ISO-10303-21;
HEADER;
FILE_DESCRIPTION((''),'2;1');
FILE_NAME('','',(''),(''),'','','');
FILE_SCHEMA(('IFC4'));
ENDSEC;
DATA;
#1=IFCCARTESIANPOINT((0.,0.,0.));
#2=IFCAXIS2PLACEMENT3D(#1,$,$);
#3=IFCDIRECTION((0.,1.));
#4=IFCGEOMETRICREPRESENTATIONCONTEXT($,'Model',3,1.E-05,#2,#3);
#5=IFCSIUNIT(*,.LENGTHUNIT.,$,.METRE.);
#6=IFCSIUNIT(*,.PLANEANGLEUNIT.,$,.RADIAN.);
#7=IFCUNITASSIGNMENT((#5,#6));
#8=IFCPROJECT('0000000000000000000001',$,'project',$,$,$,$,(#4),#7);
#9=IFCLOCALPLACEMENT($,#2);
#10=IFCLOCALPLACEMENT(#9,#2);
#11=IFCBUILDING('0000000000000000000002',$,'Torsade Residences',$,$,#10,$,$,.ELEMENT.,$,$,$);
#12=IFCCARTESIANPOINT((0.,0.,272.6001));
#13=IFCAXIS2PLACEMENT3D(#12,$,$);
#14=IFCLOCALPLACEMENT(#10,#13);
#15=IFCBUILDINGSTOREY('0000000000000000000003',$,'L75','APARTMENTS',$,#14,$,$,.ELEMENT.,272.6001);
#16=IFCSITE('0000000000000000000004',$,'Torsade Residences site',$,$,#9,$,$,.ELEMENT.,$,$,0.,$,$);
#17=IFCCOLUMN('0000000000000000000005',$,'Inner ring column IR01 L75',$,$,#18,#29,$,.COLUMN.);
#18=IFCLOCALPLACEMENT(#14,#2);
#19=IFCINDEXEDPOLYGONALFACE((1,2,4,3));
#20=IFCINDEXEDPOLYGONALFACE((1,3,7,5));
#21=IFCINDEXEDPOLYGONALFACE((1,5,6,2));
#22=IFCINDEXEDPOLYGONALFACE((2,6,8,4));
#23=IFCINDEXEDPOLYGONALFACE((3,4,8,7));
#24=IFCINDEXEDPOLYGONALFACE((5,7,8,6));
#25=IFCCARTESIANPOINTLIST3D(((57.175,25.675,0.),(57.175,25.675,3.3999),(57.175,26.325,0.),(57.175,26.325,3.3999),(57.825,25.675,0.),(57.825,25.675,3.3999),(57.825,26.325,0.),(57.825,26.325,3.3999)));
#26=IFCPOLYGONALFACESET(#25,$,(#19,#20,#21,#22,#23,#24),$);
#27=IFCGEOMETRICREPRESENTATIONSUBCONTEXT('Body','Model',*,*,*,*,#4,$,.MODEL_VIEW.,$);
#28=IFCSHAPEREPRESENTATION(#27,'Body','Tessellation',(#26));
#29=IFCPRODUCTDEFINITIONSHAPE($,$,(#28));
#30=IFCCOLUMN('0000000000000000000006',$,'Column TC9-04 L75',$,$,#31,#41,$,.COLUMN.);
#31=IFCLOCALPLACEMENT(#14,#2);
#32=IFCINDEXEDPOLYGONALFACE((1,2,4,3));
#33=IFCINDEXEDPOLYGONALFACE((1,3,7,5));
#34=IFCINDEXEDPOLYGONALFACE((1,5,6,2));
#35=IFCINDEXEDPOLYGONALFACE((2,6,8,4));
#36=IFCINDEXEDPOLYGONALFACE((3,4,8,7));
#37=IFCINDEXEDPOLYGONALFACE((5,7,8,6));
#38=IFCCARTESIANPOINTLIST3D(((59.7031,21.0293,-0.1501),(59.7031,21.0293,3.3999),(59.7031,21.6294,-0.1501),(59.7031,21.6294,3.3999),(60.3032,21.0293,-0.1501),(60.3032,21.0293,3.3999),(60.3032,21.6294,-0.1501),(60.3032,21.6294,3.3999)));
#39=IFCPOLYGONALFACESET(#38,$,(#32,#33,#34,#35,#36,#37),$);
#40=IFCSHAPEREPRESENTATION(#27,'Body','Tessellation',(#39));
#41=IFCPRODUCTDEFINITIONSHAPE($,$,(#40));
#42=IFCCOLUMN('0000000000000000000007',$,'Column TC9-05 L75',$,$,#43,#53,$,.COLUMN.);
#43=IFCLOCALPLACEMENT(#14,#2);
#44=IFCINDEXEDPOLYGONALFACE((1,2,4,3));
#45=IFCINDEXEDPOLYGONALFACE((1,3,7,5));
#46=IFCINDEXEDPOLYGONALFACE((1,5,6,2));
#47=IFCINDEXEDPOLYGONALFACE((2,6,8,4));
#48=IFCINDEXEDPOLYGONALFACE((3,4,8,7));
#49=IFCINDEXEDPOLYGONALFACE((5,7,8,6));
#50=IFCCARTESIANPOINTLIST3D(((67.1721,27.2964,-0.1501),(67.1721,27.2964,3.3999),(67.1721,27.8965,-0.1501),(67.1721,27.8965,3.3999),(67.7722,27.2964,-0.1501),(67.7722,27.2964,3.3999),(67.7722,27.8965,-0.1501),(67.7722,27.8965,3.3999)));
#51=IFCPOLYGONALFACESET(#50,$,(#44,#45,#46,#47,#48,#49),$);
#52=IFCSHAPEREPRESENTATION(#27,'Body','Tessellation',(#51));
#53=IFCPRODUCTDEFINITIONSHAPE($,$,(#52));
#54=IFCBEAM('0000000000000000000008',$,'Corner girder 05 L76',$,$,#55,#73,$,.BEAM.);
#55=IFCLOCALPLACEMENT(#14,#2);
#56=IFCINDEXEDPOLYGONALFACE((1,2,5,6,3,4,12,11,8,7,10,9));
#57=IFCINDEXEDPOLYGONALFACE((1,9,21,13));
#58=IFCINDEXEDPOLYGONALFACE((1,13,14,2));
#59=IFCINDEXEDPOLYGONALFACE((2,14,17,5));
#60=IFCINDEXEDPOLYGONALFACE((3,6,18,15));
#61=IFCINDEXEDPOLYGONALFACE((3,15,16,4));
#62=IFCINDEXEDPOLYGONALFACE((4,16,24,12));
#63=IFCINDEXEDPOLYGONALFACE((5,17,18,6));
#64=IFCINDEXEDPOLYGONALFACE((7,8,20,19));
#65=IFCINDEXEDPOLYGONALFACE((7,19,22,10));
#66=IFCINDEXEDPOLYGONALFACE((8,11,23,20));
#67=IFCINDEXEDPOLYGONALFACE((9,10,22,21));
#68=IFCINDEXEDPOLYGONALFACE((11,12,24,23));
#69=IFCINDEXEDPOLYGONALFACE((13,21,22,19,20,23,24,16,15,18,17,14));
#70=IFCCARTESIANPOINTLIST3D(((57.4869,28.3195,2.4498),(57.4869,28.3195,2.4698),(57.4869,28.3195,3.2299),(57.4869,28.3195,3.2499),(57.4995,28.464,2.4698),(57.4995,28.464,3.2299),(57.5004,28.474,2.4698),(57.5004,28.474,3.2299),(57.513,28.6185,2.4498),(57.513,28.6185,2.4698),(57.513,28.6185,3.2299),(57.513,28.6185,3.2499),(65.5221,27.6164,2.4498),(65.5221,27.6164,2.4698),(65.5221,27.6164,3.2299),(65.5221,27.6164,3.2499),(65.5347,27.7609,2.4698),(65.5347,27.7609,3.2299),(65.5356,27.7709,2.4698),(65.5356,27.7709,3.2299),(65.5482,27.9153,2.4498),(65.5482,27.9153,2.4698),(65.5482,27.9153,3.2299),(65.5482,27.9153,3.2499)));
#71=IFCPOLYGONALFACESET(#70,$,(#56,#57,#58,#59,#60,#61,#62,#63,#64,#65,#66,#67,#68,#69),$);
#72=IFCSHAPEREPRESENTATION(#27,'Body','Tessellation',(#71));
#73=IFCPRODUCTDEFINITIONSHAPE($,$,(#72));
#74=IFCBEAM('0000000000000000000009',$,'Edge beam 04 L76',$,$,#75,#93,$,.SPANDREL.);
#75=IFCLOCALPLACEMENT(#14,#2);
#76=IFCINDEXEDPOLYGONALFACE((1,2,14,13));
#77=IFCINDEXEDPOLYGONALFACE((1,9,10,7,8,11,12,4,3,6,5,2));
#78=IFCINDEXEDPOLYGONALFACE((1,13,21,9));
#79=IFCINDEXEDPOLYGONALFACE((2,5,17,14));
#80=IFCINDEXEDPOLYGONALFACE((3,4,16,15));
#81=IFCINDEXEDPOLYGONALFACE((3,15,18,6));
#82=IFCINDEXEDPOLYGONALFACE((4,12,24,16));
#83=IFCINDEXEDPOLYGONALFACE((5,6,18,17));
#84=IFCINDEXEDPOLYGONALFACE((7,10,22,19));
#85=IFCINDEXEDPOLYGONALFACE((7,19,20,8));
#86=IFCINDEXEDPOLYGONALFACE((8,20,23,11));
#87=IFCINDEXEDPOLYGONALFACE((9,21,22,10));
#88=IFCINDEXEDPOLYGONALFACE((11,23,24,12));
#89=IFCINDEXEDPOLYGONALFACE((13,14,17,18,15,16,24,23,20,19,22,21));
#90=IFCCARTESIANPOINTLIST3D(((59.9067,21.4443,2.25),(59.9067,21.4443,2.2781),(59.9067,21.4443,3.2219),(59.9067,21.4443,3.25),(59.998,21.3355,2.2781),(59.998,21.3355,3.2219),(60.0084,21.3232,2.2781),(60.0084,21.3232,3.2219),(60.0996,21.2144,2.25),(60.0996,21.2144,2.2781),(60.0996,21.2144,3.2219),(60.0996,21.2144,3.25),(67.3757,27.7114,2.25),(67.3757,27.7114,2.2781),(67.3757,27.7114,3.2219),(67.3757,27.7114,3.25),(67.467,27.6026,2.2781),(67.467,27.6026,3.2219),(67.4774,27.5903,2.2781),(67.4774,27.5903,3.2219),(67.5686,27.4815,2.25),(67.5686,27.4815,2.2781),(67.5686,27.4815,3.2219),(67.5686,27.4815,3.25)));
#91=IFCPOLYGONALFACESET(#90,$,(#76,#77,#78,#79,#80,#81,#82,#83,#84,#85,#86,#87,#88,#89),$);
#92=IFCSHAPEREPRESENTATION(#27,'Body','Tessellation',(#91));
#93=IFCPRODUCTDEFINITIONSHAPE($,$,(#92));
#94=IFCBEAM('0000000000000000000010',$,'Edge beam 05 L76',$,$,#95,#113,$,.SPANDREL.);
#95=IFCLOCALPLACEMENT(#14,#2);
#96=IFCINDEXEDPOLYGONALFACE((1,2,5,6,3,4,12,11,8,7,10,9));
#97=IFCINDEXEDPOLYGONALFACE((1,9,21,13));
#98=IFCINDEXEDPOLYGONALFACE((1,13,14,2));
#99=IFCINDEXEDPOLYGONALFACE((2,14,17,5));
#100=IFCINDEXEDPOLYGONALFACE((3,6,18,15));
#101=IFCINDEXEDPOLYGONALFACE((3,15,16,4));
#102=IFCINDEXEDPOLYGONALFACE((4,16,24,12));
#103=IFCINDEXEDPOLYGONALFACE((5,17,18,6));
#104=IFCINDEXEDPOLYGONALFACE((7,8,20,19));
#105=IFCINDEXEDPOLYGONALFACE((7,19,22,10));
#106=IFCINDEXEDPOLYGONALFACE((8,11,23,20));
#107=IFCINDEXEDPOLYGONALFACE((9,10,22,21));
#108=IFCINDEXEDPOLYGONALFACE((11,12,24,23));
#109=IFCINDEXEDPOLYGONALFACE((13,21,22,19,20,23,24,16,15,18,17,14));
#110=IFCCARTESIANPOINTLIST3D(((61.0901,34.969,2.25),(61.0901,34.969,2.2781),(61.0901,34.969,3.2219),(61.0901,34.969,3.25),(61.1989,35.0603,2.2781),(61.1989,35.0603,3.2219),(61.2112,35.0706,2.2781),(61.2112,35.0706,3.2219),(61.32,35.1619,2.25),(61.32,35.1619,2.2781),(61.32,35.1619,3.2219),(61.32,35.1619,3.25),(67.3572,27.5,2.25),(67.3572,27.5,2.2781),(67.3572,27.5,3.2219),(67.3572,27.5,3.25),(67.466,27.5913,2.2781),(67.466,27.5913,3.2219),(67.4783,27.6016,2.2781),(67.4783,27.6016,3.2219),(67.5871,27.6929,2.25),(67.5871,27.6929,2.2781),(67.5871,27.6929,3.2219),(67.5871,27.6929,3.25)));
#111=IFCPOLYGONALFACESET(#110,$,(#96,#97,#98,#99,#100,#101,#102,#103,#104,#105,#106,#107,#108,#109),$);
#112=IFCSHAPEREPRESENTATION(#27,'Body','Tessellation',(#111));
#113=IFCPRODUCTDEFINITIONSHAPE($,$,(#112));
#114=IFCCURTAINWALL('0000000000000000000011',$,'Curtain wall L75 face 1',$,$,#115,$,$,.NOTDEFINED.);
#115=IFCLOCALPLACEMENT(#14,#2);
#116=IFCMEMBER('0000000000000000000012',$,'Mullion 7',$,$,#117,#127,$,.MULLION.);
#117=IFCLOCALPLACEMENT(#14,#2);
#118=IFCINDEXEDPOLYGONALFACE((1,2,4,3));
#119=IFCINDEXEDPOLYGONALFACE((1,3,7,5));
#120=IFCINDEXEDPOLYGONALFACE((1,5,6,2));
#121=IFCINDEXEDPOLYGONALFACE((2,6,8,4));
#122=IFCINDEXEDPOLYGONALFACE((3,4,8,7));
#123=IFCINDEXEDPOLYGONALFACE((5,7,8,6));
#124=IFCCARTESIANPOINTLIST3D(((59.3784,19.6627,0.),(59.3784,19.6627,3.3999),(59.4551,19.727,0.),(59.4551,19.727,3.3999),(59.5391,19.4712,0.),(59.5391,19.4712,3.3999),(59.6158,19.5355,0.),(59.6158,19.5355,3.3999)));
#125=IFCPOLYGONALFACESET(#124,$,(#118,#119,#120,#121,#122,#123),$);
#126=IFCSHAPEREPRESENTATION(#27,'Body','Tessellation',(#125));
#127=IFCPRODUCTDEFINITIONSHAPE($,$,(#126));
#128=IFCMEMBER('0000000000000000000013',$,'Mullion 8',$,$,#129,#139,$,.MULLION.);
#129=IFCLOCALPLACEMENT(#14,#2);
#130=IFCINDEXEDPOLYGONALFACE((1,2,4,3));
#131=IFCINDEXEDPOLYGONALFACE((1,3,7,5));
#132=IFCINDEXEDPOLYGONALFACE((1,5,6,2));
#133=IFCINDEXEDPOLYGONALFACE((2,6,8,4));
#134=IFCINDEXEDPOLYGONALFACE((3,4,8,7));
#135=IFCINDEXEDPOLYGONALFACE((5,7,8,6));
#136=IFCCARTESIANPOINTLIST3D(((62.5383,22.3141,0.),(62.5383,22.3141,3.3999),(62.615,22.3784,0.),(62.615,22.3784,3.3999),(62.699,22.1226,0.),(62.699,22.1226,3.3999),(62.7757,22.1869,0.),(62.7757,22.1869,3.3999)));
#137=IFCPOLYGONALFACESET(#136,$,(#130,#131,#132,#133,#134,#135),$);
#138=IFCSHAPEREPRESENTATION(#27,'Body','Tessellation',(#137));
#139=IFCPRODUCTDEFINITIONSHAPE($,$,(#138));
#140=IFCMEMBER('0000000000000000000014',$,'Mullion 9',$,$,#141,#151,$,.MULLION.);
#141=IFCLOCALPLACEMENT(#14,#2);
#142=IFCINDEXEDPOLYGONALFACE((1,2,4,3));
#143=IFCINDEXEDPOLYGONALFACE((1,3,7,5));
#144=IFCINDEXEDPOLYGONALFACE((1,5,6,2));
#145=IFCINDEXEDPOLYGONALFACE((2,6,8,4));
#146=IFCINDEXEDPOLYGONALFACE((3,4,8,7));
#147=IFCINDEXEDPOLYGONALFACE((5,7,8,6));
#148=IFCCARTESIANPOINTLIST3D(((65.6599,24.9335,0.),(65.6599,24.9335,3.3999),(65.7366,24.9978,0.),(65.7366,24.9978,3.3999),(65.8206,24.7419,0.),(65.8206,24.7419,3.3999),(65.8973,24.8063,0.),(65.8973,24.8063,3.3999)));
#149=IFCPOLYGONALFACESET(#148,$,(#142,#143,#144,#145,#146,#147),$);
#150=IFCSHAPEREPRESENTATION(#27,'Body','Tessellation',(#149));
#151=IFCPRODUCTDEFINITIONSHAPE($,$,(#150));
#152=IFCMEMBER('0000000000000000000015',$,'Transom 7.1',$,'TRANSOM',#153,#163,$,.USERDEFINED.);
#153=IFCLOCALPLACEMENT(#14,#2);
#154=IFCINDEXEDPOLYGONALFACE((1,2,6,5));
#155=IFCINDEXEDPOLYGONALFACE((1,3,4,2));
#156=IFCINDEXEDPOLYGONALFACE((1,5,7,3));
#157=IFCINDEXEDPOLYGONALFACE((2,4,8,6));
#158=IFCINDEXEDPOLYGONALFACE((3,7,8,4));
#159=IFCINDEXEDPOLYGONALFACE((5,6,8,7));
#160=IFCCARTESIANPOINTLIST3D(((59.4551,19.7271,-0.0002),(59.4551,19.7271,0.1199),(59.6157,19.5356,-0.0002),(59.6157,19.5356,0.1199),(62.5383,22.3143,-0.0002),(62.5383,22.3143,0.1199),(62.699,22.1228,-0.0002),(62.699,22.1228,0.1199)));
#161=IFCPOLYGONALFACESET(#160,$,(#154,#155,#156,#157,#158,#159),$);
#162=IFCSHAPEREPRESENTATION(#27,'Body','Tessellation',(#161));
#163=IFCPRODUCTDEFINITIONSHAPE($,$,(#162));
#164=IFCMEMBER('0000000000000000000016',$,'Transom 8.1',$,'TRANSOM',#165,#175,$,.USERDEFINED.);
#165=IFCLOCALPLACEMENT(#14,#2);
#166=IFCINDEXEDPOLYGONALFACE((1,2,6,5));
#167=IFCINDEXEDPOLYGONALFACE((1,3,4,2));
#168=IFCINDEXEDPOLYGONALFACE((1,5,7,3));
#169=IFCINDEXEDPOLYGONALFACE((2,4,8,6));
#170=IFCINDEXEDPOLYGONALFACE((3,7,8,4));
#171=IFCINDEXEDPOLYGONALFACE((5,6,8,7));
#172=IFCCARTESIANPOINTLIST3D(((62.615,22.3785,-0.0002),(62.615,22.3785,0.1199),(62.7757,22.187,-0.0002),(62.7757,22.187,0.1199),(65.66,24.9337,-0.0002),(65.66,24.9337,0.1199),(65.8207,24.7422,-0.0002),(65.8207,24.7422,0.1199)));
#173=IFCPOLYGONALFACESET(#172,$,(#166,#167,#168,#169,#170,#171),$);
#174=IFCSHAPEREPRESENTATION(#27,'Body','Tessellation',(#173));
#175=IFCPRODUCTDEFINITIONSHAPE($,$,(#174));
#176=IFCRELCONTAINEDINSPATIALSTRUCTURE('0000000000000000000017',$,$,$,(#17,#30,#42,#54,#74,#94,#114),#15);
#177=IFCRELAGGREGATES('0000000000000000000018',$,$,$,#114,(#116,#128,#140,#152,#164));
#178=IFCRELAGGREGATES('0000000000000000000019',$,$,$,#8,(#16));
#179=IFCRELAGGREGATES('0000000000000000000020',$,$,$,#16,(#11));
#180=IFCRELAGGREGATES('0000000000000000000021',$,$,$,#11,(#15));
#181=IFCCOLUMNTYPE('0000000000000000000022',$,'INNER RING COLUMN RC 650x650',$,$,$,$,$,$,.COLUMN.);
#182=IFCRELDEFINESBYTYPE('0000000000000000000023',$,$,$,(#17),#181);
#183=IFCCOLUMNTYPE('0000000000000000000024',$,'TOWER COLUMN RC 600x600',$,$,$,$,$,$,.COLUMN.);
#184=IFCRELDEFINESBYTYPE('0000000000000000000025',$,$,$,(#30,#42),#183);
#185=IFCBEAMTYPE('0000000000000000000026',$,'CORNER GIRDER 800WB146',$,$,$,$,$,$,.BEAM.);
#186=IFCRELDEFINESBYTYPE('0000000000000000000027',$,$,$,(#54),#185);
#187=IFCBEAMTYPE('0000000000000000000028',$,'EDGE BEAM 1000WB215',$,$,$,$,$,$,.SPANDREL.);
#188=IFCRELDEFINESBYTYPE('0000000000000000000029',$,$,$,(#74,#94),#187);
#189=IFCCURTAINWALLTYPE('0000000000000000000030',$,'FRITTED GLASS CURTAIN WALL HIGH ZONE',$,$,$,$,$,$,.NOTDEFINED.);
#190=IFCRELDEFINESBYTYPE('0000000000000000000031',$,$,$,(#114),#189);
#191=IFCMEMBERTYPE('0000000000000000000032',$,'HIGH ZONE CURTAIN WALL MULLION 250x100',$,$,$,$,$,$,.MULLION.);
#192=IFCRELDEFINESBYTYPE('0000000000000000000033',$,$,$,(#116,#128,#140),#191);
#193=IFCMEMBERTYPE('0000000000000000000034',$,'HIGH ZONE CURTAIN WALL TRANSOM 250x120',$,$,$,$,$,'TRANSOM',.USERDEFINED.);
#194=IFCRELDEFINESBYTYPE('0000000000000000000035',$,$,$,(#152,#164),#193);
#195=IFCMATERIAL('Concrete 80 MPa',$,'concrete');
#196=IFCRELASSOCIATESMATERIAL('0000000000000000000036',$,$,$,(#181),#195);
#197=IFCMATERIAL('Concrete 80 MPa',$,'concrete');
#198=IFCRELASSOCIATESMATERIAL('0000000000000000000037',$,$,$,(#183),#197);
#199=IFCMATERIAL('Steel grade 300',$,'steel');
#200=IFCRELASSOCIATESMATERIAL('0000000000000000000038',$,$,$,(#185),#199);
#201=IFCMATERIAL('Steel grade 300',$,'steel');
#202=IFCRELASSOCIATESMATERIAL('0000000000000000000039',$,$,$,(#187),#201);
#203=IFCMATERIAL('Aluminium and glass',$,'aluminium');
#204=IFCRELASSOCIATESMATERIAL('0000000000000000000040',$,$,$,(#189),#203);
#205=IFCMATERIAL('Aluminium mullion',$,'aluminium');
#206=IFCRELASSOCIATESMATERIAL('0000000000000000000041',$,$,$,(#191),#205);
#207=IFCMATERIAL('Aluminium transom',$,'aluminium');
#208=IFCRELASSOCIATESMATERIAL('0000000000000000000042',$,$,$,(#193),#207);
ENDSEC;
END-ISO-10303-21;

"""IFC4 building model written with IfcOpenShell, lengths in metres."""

from ifc_helpers import new_model, si_unit, direction, frame, origin, origin_2d, place, context, subcontext, project, spatial, rectangle, i_section, extrude, material, material_profile, profile_set, type_object, element, aggregate, save


model = new_model("IFC4")

# Units and contexts
model_context = context("Model", 3, precision=1e-05, world=origin(), true_north=direction((0.0, 1.0)))
body_context = subcontext(model_context, "Body", "Model", "MODEL_VIEW")
ifc_project = project(units=[si_unit("LENGTHUNIT", "METRE"), si_unit("PLANEANGLEUNIT", "RADIAN")], contexts=[model_context])

# Site, building, storey
site_placement = place(None, origin())
site = spatial("IfcSite", under=ifc_project, at=site_placement, Name="Torsade Residences site", CompositionType="ELEMENT", RefElevation=0.0)
building_placement = place(site_placement, origin())
building = spatial("IfcBuilding", under=site, at=building_placement, Name="Torsade Residences", CompositionType="ELEMENT")
storey_placement = place(building_placement, frame((0.0, 0.0, 272.6001)))
storey = spatial("IfcBuildingStorey", under=building, at=storey_placement, Name="L75", Description="APARTMENTS", CompositionType="ELEMENT", Elevation=272.6001)

# Columns
ifc_material_1 = material(Name="Concrete 80 MPa", Category="concrete")
ifc_material_profile_1 = material_profile(ifc_material_1, rectangle(XDim=0.6499, YDim=0.6499, at=origin_2d()), Name="RC 650x650")
ifc_profile_set_1 = profile_set([ifc_material_profile_1], Name="Concrete 80 MPa")
column_type_1 = type_object("IfcColumnType", Name="INNER RING COLUMN RC 650x650", PredefinedType="COLUMN", material=ifc_profile_set_1)
column_placement = place(storey_placement, frame((57.5, 26.0, 0.0), z_axis=(0.0, 0.0, 1.0), x_axis=(1.0, 0.0, 0.0)))
element("IfcColumn", 1, at=column_placement, inside=storey, type_object=column_type_1, Name="Inner ring column IR01 L75", PredefinedType="COLUMN", context=body_context, shape_type="SweptSolid", body=[
    extrude(rectangle(XDim=0.6499, YDim=0.6499, at=origin_2d()), origin(), (0.0, 0.0, 1.0), 3.3999),
])
ifc_material_2 = material(Name="Concrete 80 MPa", Category="concrete")
ifc_material_profile_2 = material_profile(ifc_material_2, rectangle(XDim=0.6001, YDim=0.6001, at=origin_2d()), Name="RC 600x600")
ifc_profile_set_2 = profile_set([ifc_material_profile_2], Name="Concrete 80 MPa")
column_type_2 = type_object("IfcColumnType", Name="TOWER COLUMN RC 600x600", PredefinedType="COLUMN", material=ifc_profile_set_2)
for number, where, z_axis, x_axis, name in (
    (2, (60.0032, 21.3293, -0.1501), (0.0, 0.0, 1.0), (1.0, 0.0, 0.0), "Column TC9-04 L75"),
    (3, (67.4722, 27.5964, -0.1501), (0.0, 0.0, 1.0), (1.0, 0.0, 0.0), "Column TC9-05 L75"),
):
    element("IfcColumn", number, at=place(storey_placement, frame(where, z_axis=z_axis, x_axis=x_axis)), inside=storey, type_object=column_type_2, Name=name, PredefinedType="COLUMN", context=body_context, shape_type="SweptSolid", body=[
        extrude(rectangle(XDim=0.6001, YDim=0.6001, at=origin_2d()), origin(), (0.0, 0.0, 1.0), 3.55),
    ])

# Beams
ifc_material_3 = material(Name="Steel grade 300", Category="steel")
ifc_material_profile_3 = material_profile(ifc_material_3, i_section(OverallWidth=0.3, OverallDepth=0.8, WebThickness=0.01, FlangeThickness=0.02, at=origin_2d()), Name="800WB146")
ifc_profile_set_3 = profile_set([ifc_material_profile_3], Name="Steel grade 300")
beam_type_1 = type_object("IfcBeamType", Name="CORNER GIRDER 800WB146", PredefinedType="BEAM", material=ifc_profile_set_3)
beam_1_placement = place(storey_placement, frame((65.5352, 27.7659, 2.8499), z_axis=(-0.996193, 0.087173, 0.0), x_axis=(-0.087173, -0.996193, 0.0)))
element("IfcBeam", 4, at=beam_1_placement, inside=storey, type_object=beam_type_1, Name="Corner girder 05 L76", PredefinedType="BEAM", context=body_context, shape_type="SweptSolid", body=[
    extrude(i_section(OverallWidth=0.3, OverallDepth=0.8, WebThickness=0.01, FlangeThickness=0.02, at=origin_2d()), origin(), (0.0, 0.0, 1.0), 8.0659),
])
ifc_material_4 = material(Name="Steel grade 300", Category="steel")
ifc_material_profile_4 = material_profile(ifc_material_4, i_section(OverallWidth=0.3, OverallDepth=1.0, WebThickness=0.0161, FlangeThickness=0.0281, at=origin_2d()), Name="1000WB215")
ifc_profile_set_4 = profile_set([ifc_material_profile_4], Name="Steel grade 300")
beam_type_2 = type_object("IfcBeamType", Name="EDGE BEAM 1000WB215", PredefinedType="SPANDREL", material=ifc_profile_set_4)
for number, where, z_axis, x_axis, name in (
    (5, (60.0032, 21.3293, 2.75), (0.766052, 0.642779, 0.0), (-0.642779, 0.766052, 0.0), "Edge beam 04 L76"),
    (6, (67.4722, 27.5964, 2.75), (-0.642779, 0.766052, 0.0), (-0.766052, -0.642779, 0.0), "Edge beam 05 L76"),
):
    element("IfcBeam", number, at=place(storey_placement, frame(where, z_axis=z_axis, x_axis=x_axis)), inside=storey, type_object=beam_type_2, Name=name, PredefinedType="SPANDREL", context=body_context, shape_type="SweptSolid", body=[
        extrude(i_section(OverallWidth=0.3, OverallDepth=1.0, WebThickness=0.0161, FlangeThickness=0.0281, at=origin_2d()), origin(), (0.0, 0.0, 1.0), 9.75),
    ])

# Curtain wall, members
ifc_material_5 = material(Name="Aluminium and glass", Category="aluminium")
curtain_wall_type = type_object("IfcCurtainWallType", Name="FRITTED GLASS CURTAIN WALL HIGH ZONE", PredefinedType="NOTDEFINED", material=ifc_material_5)
curtain_wall_placement = place(storey_placement, origin())
curtain_wall = element("IfcCurtainWall", 7, at=curtain_wall_placement, inside=storey, type_object=curtain_wall_type, Name="Curtain wall L75 face 1", PredefinedType="NOTDEFINED")
ifc_material_6 = material(Name="Aluminium mullion", Category="aluminium")
ifc_material_profile_5 = material_profile(ifc_material_6, rectangle(XDim=0.25, YDim=0.1001, at=origin_2d()), Name="HIGH ZONE CURTAIN WALL MULLION 250x100")
ifc_profile_set_5 = profile_set([ifc_material_profile_5], Name="Aluminium mullion")
member_type_1 = type_object("IfcMemberType", Name="HIGH ZONE CURTAIN WALL MULLION 250x100", PredefinedType="MULLION", material=ifc_profile_set_5)
member_1_placement = place(storey_placement, frame((59.4971, 19.5991, 0.0), z_axis=(0.0, 0.0, 1.0), x_axis=(-0.642788, 0.766044, 0.0)))
member_1 = element("IfcMember", 8, at=member_1_placement, type_object=member_type_1, Name="Mullion 7", PredefinedType="MULLION", context=body_context, shape_type="SweptSolid", body=[
    extrude(rectangle(XDim=0.25, YDim=0.1001, at=origin_2d()), origin(), (0.0, 0.0, 1.0), 3.3999),
])
member_2_placement = place(storey_placement, frame((62.657, 22.2505, 0.0), z_axis=(0.0, 0.0, 1.0), x_axis=(-0.642788, 0.766044, 0.0)))
member_2 = element("IfcMember", 9, at=member_2_placement, type_object=member_type_1, Name="Mullion 8", PredefinedType="MULLION", context=body_context, shape_type="SweptSolid", body=[
    extrude(rectangle(XDim=0.25, YDim=0.1001, at=origin_2d()), origin(), (0.0, 0.0, 1.0), 3.3999),
])
member_3_placement = place(storey_placement, frame((65.7786, 24.8699, 0.0), z_axis=(0.0, 0.0, 1.0), x_axis=(-0.642788, 0.766044, 0.0)))
member_3 = element("IfcMember", 10, at=member_3_placement, type_object=member_type_1, Name="Mullion 9", PredefinedType="MULLION", context=body_context, shape_type="SweptSolid", body=[
    extrude(rectangle(XDim=0.25, YDim=0.1001, at=origin_2d()), origin(), (0.0, 0.0, 1.0), 3.3999),
])
ifc_material_7 = material(Name="Aluminium transom", Category="aluminium")
ifc_material_profile_6 = material_profile(ifc_material_7, rectangle(XDim=0.25, YDim=0.1201, at=origin_2d()), Name="HIGH ZONE CURTAIN WALL TRANSOM 250x120")
ifc_profile_set_6 = profile_set([ifc_material_profile_6], Name="Aluminium transom")
member_type_2 = type_object("IfcMemberType", Name="HIGH ZONE CURTAIN WALL TRANSOM 250x120", ElementType="TRANSOM", PredefinedType="USERDEFINED", material=ifc_profile_set_6)
member_4_placement = place(storey_placement, frame((59.5354, 19.6313, 0.0598), z_axis=(0.766044, 0.642788, 0.0), x_axis=(-0.642788, 0.766044, 0.0)))
member_4 = element("IfcMember", 11, at=member_4_placement, type_object=member_type_2, Name="Transom 7.1", ObjectType="TRANSOM", PredefinedType="USERDEFINED", context=body_context, shape_type="SweptSolid", body=[
    extrude(rectangle(XDim=0.25, YDim=0.1201, at=origin_2d()), origin(), (0.0, 0.0, 1.0), 4.0249),
])
member_5_placement = place(storey_placement, frame((62.6953, 22.2827, 0.0598), z_axis=(0.766022, 0.642815, 0.0), x_axis=(-0.642815, 0.766022, 0.0)))
member_5 = element("IfcMember", 12, at=member_5_placement, type_object=member_type_2, Name="Transom 8.1", ObjectType="TRANSOM", PredefinedType="USERDEFINED", context=body_context, shape_type="SweptSolid", body=[
    extrude(rectangle(XDim=0.25, YDim=0.1201, at=origin_2d()), origin(), (0.0, 0.0, 1.0), 3.9751),
])

aggregate(curtain_wall, [member_1, member_2, member_3, member_4, member_5])

save(model, "model.ifc")
